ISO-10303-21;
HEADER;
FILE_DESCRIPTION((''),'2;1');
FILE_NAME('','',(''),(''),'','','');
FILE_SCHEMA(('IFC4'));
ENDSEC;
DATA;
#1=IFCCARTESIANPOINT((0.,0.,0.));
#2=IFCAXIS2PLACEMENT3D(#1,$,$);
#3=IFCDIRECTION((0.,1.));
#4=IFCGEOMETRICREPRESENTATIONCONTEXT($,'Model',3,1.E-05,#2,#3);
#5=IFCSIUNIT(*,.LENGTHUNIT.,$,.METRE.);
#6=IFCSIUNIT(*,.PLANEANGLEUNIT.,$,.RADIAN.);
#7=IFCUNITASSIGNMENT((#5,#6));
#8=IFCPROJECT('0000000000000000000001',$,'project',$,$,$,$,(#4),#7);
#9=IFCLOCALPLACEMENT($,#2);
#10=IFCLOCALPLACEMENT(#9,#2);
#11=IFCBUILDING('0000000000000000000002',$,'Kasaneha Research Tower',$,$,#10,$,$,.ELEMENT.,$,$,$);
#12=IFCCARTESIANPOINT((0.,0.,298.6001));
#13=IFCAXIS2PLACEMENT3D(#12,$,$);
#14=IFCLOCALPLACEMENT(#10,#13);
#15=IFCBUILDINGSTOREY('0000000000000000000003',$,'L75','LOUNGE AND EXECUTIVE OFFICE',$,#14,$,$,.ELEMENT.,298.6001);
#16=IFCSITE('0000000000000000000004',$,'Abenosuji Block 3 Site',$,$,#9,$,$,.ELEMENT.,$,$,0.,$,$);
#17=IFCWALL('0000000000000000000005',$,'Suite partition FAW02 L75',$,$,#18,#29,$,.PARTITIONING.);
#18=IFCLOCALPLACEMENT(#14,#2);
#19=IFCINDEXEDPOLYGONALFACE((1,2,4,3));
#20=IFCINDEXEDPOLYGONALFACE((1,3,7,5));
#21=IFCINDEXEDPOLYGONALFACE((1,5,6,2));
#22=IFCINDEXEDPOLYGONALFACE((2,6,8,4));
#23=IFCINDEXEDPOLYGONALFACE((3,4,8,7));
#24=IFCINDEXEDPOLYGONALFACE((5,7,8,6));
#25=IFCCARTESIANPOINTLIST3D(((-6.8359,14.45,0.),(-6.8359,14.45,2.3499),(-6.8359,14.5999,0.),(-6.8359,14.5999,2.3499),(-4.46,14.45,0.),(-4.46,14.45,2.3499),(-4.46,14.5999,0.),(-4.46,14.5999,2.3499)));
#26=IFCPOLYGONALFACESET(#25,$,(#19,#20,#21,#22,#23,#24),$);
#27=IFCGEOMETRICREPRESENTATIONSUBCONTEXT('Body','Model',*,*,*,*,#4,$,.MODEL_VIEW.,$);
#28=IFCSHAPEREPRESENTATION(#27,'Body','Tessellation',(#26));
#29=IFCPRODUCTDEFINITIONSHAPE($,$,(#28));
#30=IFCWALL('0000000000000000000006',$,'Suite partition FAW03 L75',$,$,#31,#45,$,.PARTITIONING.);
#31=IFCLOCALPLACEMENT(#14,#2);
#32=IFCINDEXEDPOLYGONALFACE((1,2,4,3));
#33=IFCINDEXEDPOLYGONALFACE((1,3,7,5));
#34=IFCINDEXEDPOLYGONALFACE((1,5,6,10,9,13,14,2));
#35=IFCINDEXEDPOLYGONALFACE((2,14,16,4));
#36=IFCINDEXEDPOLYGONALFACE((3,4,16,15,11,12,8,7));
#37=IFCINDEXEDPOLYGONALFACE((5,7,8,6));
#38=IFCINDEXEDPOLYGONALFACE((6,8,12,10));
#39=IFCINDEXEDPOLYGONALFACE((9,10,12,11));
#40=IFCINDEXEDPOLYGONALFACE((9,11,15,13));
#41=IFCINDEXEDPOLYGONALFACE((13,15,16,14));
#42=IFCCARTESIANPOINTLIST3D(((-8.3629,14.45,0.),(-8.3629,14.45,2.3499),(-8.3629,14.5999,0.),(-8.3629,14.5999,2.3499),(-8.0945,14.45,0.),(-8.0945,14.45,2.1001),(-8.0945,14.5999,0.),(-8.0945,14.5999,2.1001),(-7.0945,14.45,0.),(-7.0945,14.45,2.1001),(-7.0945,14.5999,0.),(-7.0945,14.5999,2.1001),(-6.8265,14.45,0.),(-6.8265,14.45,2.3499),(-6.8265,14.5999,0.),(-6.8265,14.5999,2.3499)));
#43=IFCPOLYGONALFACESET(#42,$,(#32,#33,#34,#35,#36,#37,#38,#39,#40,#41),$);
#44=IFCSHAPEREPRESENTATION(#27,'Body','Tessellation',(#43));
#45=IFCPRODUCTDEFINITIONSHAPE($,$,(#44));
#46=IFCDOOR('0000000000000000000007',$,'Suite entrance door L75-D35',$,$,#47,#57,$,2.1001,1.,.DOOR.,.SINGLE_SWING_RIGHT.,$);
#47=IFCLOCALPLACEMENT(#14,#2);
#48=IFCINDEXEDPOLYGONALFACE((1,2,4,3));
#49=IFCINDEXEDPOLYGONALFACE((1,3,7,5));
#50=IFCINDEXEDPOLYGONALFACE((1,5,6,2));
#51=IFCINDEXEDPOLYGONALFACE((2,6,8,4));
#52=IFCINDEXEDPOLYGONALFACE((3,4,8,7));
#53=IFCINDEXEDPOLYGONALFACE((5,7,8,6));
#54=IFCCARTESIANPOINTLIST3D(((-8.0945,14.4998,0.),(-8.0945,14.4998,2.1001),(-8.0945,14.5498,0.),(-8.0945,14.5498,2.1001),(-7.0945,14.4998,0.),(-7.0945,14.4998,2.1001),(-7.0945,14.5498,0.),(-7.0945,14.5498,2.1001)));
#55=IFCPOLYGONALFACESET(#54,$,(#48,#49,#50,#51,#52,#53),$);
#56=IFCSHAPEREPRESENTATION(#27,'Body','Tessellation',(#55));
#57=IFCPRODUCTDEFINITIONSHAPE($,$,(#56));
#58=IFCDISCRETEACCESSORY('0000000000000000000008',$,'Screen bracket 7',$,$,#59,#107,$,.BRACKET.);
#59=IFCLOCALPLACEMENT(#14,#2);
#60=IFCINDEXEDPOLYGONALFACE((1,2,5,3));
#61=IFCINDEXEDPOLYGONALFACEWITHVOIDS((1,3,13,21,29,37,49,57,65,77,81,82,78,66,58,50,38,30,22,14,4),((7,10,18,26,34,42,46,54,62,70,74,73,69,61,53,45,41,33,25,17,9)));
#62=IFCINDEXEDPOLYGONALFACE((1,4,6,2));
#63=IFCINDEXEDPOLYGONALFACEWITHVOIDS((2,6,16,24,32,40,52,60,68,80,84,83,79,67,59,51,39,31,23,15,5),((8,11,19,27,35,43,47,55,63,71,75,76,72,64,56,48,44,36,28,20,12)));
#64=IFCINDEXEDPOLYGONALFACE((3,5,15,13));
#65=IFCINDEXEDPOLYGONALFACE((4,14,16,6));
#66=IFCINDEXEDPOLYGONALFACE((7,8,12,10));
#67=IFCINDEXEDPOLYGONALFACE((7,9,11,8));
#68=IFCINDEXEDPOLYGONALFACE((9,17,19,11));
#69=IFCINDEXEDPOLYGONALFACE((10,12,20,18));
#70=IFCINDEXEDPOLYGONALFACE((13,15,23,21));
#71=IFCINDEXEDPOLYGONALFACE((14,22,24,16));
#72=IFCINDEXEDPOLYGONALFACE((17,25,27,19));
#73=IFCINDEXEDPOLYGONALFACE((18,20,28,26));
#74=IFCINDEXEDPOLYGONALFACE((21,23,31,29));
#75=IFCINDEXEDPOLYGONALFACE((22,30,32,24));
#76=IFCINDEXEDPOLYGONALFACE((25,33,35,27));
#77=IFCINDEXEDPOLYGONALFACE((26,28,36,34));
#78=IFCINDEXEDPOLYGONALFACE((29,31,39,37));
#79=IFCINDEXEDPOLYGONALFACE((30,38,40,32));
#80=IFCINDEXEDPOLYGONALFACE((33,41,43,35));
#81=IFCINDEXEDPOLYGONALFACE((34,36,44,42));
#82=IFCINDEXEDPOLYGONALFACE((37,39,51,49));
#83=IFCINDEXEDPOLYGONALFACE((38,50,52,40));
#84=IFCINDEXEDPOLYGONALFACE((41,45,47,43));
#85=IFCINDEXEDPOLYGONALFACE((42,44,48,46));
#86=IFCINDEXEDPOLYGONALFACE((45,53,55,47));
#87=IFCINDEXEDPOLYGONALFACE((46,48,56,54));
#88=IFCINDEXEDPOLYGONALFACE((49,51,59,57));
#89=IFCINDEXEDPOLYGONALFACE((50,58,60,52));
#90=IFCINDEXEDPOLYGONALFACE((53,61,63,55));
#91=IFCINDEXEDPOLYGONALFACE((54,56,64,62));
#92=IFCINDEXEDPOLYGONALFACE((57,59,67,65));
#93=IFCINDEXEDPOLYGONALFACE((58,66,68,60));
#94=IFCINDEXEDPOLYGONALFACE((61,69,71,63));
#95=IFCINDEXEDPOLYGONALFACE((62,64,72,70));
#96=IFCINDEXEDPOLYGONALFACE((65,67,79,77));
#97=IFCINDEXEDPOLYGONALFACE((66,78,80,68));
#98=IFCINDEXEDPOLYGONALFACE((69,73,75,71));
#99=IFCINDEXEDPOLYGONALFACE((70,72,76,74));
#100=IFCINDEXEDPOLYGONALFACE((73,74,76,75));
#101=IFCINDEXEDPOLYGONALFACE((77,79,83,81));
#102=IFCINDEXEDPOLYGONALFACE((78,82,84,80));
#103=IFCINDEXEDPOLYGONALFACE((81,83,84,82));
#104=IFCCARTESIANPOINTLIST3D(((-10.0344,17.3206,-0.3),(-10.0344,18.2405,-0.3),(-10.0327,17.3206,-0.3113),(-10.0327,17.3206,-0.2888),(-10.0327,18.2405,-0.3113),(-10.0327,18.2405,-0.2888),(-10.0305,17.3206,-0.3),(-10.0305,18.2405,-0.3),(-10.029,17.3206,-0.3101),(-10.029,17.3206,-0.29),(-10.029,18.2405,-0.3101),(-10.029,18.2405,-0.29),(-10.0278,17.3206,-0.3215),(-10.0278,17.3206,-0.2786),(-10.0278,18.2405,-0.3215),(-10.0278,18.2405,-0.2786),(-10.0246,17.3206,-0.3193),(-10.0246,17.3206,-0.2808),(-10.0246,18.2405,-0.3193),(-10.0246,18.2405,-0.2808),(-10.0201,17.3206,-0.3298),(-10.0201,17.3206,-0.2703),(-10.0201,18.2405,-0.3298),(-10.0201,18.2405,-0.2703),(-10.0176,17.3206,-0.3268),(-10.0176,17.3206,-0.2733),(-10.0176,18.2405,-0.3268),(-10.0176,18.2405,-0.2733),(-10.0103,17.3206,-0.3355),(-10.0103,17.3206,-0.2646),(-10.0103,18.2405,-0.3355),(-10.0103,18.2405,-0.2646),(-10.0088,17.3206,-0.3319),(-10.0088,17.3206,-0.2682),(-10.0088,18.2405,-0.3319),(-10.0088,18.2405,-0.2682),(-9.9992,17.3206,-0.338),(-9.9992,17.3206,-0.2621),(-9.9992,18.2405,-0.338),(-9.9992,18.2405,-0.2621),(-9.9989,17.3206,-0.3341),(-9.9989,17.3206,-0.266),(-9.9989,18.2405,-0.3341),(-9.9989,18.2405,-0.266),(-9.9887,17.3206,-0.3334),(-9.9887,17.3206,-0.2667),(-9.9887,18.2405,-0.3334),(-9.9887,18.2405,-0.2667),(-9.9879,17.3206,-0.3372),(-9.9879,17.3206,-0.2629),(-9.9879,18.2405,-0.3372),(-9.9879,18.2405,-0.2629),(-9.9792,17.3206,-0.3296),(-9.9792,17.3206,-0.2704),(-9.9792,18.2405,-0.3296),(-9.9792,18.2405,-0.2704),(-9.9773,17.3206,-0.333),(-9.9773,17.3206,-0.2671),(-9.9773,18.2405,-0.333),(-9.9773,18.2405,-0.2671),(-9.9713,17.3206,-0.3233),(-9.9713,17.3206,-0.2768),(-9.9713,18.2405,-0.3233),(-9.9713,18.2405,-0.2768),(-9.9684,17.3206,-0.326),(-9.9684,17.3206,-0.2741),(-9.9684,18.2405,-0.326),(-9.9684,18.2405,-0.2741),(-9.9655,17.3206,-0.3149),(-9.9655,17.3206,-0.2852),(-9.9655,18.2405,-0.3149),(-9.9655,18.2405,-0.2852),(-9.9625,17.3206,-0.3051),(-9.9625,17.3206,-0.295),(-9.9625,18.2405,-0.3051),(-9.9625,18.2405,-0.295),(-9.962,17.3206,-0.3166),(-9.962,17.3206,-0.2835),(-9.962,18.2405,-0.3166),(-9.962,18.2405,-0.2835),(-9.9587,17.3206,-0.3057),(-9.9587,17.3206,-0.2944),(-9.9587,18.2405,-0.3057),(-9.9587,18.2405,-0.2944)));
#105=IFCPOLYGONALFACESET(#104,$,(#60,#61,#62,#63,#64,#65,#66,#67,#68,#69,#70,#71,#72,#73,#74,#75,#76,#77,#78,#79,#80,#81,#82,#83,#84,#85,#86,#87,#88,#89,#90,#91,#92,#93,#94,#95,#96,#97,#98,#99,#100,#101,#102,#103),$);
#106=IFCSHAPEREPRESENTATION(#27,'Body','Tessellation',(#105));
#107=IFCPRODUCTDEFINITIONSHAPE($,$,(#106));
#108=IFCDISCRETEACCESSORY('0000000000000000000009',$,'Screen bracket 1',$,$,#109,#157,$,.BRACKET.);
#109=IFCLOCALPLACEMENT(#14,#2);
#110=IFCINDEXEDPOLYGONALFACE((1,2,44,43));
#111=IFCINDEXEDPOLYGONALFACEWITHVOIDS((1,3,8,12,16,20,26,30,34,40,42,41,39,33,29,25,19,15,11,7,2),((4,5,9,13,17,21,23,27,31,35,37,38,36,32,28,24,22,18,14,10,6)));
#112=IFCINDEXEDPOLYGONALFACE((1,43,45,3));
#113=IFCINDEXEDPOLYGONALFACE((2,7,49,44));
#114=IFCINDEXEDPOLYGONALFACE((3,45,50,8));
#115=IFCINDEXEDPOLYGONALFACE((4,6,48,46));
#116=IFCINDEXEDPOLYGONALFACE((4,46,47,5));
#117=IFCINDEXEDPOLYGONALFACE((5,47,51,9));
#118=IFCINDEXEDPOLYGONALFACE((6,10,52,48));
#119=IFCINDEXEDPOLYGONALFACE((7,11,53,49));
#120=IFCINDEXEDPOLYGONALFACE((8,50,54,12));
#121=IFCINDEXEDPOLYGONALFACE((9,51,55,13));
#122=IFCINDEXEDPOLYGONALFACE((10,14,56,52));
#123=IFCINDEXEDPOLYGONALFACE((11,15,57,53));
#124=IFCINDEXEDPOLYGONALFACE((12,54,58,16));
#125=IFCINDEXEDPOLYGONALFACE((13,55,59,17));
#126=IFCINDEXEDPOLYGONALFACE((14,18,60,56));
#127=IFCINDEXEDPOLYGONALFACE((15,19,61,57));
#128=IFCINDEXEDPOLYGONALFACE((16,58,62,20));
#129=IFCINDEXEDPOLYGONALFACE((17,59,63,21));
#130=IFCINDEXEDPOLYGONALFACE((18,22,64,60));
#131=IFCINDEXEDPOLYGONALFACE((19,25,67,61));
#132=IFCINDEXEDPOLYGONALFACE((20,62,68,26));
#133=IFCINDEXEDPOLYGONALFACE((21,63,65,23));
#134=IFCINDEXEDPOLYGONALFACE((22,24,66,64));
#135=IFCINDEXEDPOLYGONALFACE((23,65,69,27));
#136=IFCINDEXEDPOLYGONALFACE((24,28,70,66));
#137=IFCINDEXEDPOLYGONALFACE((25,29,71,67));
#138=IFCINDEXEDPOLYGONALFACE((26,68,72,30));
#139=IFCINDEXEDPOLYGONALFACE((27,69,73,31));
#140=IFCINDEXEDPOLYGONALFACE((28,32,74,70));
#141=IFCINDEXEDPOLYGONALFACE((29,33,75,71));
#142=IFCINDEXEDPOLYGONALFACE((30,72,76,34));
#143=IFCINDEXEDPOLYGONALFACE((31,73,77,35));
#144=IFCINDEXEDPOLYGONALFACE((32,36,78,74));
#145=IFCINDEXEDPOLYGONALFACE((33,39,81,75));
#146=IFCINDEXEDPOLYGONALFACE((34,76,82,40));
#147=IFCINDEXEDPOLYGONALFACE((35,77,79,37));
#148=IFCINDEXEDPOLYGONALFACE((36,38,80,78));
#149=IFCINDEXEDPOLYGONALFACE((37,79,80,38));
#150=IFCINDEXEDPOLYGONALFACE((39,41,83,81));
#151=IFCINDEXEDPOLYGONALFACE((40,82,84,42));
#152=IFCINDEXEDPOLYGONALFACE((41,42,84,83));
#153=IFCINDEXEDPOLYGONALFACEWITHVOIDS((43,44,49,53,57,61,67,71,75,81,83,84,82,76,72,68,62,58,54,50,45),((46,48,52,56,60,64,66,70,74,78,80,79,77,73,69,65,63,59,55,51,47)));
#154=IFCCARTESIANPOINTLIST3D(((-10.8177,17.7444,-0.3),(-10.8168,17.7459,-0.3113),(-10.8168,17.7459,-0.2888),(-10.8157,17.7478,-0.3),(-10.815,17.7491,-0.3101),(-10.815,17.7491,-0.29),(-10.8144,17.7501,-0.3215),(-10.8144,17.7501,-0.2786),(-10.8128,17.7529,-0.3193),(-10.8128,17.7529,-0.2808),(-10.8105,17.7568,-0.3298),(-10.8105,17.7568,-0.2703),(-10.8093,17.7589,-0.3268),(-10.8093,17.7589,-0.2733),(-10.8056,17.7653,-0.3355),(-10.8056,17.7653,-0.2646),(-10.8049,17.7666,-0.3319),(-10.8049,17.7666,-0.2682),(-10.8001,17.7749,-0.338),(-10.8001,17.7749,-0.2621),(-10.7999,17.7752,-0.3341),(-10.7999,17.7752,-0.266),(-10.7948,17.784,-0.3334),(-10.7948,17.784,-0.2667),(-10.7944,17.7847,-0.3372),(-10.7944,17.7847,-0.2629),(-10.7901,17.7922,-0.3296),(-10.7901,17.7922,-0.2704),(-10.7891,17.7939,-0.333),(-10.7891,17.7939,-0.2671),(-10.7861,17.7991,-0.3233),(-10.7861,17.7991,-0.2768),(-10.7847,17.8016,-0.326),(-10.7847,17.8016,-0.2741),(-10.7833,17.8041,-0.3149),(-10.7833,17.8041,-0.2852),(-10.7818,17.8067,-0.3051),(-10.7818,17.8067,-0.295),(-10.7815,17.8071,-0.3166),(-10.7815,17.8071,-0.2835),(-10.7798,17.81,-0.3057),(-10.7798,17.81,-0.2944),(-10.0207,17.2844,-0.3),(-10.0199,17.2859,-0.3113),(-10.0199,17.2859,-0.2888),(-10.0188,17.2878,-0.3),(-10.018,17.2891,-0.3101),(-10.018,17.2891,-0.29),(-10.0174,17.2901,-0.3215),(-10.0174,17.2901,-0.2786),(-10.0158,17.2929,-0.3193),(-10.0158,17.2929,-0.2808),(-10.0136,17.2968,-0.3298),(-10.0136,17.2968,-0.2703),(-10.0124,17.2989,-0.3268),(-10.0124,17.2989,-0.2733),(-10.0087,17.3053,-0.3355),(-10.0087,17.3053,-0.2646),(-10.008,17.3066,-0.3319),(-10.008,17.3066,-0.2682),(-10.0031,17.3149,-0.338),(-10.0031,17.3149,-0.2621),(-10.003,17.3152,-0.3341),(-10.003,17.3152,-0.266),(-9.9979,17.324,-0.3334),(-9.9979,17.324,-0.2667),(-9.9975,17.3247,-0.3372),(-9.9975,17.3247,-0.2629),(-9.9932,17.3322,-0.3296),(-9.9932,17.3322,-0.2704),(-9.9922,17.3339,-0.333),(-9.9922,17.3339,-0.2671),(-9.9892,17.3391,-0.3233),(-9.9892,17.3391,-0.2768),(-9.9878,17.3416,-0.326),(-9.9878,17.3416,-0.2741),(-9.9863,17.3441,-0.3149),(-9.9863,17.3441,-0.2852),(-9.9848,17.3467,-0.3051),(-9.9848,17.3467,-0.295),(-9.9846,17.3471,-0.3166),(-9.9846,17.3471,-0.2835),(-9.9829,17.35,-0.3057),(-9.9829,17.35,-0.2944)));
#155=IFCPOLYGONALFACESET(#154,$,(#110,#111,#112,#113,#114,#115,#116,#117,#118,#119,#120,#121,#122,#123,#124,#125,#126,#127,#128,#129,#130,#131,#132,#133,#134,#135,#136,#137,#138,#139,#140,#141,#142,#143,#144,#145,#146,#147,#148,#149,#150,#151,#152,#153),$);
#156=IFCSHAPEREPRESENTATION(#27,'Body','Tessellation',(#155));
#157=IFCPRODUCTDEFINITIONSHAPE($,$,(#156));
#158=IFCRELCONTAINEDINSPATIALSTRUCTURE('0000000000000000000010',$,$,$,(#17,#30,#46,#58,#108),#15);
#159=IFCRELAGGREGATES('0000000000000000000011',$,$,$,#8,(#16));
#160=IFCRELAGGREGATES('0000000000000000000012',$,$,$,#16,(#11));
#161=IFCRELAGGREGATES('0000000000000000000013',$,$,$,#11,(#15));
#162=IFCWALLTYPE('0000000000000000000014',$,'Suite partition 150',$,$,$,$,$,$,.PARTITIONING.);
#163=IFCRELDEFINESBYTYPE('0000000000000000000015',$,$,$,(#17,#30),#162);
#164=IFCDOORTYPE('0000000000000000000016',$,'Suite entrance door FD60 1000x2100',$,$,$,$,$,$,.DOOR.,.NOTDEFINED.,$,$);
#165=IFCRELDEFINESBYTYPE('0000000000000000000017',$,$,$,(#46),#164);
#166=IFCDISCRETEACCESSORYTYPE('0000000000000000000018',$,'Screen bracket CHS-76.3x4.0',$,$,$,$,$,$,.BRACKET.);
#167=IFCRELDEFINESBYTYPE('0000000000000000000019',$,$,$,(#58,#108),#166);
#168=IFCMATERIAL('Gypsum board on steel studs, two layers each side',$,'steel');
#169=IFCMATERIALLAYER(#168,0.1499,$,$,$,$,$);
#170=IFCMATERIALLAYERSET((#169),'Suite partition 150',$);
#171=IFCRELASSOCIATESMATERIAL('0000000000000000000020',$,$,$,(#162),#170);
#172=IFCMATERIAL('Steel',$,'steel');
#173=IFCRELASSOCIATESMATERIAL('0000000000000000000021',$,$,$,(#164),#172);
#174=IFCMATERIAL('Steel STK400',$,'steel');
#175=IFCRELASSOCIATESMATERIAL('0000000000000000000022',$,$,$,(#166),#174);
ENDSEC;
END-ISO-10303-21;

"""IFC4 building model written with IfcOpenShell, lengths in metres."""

from ifc_helpers import new_model, si_unit, direction, frame, frame_2d, origin, origin_2d, place, context, subcontext, project, spatial, rectangle, hollow_circle, extrude, material, layer, layer_set, material_profile, profile_set, type_object, element, fill, save


model = new_model("IFC4")

# Units and contexts
model_context = context("Model", 3, precision=1e-05, world=origin(), true_north=direction((0.0, 1.0)))
body_context = subcontext(model_context, "Body", "Model", "MODEL_VIEW")
ifc_project = project(units=[si_unit("LENGTHUNIT", "METRE"), si_unit("PLANEANGLEUNIT", "RADIAN")], contexts=[model_context])

# Site, building, storey
site_placement = place(None, origin())
site = spatial("IfcSite", under=ifc_project, at=site_placement, Name="Abenosuji Block 3 Site", CompositionType="ELEMENT", RefElevation=0.0)
building_placement = place(site_placement, origin())
building = spatial("IfcBuilding", under=site, at=building_placement, Name="Kasaneha Research Tower", CompositionType="ELEMENT")
storey_placement = place(building_placement, frame((0.0, 0.0, 298.6001)))
storey = spatial("IfcBuildingStorey", under=building, at=storey_placement, Name="L75", Description="LOUNGE AND EXECUTIVE OFFICE", CompositionType="ELEMENT", Elevation=298.6001)

# Wall
ifc_material_1 = material(Name="Gypsum board on steel studs, two layers each side", Category="steel")
ifc_layer_1 = layer(ifc_material_1, 0.1499)
ifc_layer_set_1 = layer_set([ifc_layer_1], Name="Suite partition 150")
wall_type_1 = type_object("IfcWallType", Name="Suite partition 150", PredefinedType="PARTITIONING", material=ifc_layer_set_1)
wall_1_placement = place(storey_placement, frame((-6.8359, 14.5249, 0.0), z_axis=(0.0, 0.0, 1.0), x_axis=(1.0, 0.0, 0.0)))
element("IfcWall", 1, at=wall_1_placement, inside=storey, type_object=wall_type_1, Name="Suite partition FAW02 L75", PredefinedType="PARTITIONING", context=body_context, shape_type="SweptSolid", body=[
    extrude(rectangle(XDim=2.376, YDim=0.1499, at=frame_2d((1.188, 0.0))), origin(), (0.0, 0.0, 1.0), 2.3499),
])

# Wall, opening, door
wall_2_placement = place(storey_placement, frame((-8.3628, 14.5249, 0.0), z_axis=(0.0, 0.0, 1.0), x_axis=(1.0, 0.0, 0.0)))
wall_2 = element("IfcWall", 2, at=wall_2_placement, inside=storey, type_object=wall_type_1, Name="Suite partition FAW03 L75", PredefinedType="PARTITIONING", context=body_context, shape_type="SweptSolid", body=[
    extrude(rectangle(XDim=1.5364, YDim=0.1499, at=frame_2d((0.7681, 0.0))), origin(), (0.0, 0.0, 1.0), 2.3499),
])
opening_1_placement = place(wall_2_placement, frame((0.2683, 0.0, 0.0)))
opening_1 = element("IfcOpeningElement", 3, at=opening_1_placement, cuts=wall_2, PredefinedType="OPENING", context=body_context, shape_type="SweptSolid", body=[
    extrude(rectangle(XDim=1.0, YDim=2.1001, at=frame_2d((0.5, 1.05))), frame((0.0, 0.085, 0.0), z_axis=(0.0, -1.0, 0.0), x_axis=(1.0, 0.0, 0.0)), (0.0, 0.0, 1.0), 0.1699),
])
ifc_material_2 = material(Name="Steel", Category="steel")
door_type_1 = type_object("IfcDoorType", Name="Suite entrance door FD60 1000x2100", OperationType="NOTDEFINED", PredefinedType="DOOR", material=ifc_material_2)
door_1_placement = place(opening_1_placement, origin())
door_1 = element("IfcDoor", 4, at=door_1_placement, inside=storey, type_object=door_type_1, Name="Suite entrance door L75-D35", OperationType="SINGLE_SWING_RIGHT", OverallHeight=2.1001, OverallWidth=1.0, PredefinedType="DOOR", context=body_context, shape_type="SweptSolid", body=[
    extrude(rectangle(XDim=1.0, YDim=2.1001, at=frame_2d((0.5, 1.05))), frame((0.0, 0.0249, 0.0), z_axis=(0.0, -1.0, 0.0), x_axis=(1.0, 0.0, 0.0)), (0.0, 0.0, 1.0), 0.05),
])
fill(opening_1, door_1)

# Discrete accessories
ifc_material_3 = material(Name="Steel STK400", Category="steel")
ifc_material_profile_1 = material_profile(ifc_material_3, hollow_circle(Radius=0.0381, WallThickness=0.0039, at=origin_2d()), Name="CHS-76.3x4.0")
ifc_profile_set_1 = profile_set([ifc_material_profile_1], Name="Steel STK400")
discrete_accessory_type = type_object("IfcDiscreteAccessoryType", Name="Screen bracket CHS-76.3x4.0", PredefinedType="BRACKET", material=ifc_profile_set_1)
discrete_accessory_1_placement = place(storey_placement, frame((-9.9963, 17.3206, -0.3), z_axis=(0.0, 1.0, 0.0), x_axis=(-1.0, 0.0, 0.0)))
element("IfcDiscreteAccessory", 5, at=discrete_accessory_1_placement, inside=storey, type_object=discrete_accessory_type, Name="Screen bracket 7", PredefinedType="BRACKET", context=body_context, shape_type="SweptSolid", body=[
    extrude(hollow_circle(Radius=0.0381, WallThickness=0.0039, at=origin_2d()), origin(), (0.0, 0.0, 1.0), 0.9199),
])
discrete_accessory_2_placement = place(storey_placement, frame((-10.0017, 17.3174, -0.3), z_axis=(-0.86608, 0.499906, 0.0), x_axis=(-0.499906, -0.86608, 0.0)))
element("IfcDiscreteAccessory", 6, at=discrete_accessory_2_placement, inside=storey, type_object=discrete_accessory_type, Name="Screen bracket 1", PredefinedType="BRACKET", context=body_context, shape_type="SweptSolid", body=[
    extrude(hollow_circle(Radius=0.0381, WallThickness=0.0039, at=origin_2d()), origin(), (0.0, 0.0, 1.0), 0.9202),
])

save(model, "model.ifc")
